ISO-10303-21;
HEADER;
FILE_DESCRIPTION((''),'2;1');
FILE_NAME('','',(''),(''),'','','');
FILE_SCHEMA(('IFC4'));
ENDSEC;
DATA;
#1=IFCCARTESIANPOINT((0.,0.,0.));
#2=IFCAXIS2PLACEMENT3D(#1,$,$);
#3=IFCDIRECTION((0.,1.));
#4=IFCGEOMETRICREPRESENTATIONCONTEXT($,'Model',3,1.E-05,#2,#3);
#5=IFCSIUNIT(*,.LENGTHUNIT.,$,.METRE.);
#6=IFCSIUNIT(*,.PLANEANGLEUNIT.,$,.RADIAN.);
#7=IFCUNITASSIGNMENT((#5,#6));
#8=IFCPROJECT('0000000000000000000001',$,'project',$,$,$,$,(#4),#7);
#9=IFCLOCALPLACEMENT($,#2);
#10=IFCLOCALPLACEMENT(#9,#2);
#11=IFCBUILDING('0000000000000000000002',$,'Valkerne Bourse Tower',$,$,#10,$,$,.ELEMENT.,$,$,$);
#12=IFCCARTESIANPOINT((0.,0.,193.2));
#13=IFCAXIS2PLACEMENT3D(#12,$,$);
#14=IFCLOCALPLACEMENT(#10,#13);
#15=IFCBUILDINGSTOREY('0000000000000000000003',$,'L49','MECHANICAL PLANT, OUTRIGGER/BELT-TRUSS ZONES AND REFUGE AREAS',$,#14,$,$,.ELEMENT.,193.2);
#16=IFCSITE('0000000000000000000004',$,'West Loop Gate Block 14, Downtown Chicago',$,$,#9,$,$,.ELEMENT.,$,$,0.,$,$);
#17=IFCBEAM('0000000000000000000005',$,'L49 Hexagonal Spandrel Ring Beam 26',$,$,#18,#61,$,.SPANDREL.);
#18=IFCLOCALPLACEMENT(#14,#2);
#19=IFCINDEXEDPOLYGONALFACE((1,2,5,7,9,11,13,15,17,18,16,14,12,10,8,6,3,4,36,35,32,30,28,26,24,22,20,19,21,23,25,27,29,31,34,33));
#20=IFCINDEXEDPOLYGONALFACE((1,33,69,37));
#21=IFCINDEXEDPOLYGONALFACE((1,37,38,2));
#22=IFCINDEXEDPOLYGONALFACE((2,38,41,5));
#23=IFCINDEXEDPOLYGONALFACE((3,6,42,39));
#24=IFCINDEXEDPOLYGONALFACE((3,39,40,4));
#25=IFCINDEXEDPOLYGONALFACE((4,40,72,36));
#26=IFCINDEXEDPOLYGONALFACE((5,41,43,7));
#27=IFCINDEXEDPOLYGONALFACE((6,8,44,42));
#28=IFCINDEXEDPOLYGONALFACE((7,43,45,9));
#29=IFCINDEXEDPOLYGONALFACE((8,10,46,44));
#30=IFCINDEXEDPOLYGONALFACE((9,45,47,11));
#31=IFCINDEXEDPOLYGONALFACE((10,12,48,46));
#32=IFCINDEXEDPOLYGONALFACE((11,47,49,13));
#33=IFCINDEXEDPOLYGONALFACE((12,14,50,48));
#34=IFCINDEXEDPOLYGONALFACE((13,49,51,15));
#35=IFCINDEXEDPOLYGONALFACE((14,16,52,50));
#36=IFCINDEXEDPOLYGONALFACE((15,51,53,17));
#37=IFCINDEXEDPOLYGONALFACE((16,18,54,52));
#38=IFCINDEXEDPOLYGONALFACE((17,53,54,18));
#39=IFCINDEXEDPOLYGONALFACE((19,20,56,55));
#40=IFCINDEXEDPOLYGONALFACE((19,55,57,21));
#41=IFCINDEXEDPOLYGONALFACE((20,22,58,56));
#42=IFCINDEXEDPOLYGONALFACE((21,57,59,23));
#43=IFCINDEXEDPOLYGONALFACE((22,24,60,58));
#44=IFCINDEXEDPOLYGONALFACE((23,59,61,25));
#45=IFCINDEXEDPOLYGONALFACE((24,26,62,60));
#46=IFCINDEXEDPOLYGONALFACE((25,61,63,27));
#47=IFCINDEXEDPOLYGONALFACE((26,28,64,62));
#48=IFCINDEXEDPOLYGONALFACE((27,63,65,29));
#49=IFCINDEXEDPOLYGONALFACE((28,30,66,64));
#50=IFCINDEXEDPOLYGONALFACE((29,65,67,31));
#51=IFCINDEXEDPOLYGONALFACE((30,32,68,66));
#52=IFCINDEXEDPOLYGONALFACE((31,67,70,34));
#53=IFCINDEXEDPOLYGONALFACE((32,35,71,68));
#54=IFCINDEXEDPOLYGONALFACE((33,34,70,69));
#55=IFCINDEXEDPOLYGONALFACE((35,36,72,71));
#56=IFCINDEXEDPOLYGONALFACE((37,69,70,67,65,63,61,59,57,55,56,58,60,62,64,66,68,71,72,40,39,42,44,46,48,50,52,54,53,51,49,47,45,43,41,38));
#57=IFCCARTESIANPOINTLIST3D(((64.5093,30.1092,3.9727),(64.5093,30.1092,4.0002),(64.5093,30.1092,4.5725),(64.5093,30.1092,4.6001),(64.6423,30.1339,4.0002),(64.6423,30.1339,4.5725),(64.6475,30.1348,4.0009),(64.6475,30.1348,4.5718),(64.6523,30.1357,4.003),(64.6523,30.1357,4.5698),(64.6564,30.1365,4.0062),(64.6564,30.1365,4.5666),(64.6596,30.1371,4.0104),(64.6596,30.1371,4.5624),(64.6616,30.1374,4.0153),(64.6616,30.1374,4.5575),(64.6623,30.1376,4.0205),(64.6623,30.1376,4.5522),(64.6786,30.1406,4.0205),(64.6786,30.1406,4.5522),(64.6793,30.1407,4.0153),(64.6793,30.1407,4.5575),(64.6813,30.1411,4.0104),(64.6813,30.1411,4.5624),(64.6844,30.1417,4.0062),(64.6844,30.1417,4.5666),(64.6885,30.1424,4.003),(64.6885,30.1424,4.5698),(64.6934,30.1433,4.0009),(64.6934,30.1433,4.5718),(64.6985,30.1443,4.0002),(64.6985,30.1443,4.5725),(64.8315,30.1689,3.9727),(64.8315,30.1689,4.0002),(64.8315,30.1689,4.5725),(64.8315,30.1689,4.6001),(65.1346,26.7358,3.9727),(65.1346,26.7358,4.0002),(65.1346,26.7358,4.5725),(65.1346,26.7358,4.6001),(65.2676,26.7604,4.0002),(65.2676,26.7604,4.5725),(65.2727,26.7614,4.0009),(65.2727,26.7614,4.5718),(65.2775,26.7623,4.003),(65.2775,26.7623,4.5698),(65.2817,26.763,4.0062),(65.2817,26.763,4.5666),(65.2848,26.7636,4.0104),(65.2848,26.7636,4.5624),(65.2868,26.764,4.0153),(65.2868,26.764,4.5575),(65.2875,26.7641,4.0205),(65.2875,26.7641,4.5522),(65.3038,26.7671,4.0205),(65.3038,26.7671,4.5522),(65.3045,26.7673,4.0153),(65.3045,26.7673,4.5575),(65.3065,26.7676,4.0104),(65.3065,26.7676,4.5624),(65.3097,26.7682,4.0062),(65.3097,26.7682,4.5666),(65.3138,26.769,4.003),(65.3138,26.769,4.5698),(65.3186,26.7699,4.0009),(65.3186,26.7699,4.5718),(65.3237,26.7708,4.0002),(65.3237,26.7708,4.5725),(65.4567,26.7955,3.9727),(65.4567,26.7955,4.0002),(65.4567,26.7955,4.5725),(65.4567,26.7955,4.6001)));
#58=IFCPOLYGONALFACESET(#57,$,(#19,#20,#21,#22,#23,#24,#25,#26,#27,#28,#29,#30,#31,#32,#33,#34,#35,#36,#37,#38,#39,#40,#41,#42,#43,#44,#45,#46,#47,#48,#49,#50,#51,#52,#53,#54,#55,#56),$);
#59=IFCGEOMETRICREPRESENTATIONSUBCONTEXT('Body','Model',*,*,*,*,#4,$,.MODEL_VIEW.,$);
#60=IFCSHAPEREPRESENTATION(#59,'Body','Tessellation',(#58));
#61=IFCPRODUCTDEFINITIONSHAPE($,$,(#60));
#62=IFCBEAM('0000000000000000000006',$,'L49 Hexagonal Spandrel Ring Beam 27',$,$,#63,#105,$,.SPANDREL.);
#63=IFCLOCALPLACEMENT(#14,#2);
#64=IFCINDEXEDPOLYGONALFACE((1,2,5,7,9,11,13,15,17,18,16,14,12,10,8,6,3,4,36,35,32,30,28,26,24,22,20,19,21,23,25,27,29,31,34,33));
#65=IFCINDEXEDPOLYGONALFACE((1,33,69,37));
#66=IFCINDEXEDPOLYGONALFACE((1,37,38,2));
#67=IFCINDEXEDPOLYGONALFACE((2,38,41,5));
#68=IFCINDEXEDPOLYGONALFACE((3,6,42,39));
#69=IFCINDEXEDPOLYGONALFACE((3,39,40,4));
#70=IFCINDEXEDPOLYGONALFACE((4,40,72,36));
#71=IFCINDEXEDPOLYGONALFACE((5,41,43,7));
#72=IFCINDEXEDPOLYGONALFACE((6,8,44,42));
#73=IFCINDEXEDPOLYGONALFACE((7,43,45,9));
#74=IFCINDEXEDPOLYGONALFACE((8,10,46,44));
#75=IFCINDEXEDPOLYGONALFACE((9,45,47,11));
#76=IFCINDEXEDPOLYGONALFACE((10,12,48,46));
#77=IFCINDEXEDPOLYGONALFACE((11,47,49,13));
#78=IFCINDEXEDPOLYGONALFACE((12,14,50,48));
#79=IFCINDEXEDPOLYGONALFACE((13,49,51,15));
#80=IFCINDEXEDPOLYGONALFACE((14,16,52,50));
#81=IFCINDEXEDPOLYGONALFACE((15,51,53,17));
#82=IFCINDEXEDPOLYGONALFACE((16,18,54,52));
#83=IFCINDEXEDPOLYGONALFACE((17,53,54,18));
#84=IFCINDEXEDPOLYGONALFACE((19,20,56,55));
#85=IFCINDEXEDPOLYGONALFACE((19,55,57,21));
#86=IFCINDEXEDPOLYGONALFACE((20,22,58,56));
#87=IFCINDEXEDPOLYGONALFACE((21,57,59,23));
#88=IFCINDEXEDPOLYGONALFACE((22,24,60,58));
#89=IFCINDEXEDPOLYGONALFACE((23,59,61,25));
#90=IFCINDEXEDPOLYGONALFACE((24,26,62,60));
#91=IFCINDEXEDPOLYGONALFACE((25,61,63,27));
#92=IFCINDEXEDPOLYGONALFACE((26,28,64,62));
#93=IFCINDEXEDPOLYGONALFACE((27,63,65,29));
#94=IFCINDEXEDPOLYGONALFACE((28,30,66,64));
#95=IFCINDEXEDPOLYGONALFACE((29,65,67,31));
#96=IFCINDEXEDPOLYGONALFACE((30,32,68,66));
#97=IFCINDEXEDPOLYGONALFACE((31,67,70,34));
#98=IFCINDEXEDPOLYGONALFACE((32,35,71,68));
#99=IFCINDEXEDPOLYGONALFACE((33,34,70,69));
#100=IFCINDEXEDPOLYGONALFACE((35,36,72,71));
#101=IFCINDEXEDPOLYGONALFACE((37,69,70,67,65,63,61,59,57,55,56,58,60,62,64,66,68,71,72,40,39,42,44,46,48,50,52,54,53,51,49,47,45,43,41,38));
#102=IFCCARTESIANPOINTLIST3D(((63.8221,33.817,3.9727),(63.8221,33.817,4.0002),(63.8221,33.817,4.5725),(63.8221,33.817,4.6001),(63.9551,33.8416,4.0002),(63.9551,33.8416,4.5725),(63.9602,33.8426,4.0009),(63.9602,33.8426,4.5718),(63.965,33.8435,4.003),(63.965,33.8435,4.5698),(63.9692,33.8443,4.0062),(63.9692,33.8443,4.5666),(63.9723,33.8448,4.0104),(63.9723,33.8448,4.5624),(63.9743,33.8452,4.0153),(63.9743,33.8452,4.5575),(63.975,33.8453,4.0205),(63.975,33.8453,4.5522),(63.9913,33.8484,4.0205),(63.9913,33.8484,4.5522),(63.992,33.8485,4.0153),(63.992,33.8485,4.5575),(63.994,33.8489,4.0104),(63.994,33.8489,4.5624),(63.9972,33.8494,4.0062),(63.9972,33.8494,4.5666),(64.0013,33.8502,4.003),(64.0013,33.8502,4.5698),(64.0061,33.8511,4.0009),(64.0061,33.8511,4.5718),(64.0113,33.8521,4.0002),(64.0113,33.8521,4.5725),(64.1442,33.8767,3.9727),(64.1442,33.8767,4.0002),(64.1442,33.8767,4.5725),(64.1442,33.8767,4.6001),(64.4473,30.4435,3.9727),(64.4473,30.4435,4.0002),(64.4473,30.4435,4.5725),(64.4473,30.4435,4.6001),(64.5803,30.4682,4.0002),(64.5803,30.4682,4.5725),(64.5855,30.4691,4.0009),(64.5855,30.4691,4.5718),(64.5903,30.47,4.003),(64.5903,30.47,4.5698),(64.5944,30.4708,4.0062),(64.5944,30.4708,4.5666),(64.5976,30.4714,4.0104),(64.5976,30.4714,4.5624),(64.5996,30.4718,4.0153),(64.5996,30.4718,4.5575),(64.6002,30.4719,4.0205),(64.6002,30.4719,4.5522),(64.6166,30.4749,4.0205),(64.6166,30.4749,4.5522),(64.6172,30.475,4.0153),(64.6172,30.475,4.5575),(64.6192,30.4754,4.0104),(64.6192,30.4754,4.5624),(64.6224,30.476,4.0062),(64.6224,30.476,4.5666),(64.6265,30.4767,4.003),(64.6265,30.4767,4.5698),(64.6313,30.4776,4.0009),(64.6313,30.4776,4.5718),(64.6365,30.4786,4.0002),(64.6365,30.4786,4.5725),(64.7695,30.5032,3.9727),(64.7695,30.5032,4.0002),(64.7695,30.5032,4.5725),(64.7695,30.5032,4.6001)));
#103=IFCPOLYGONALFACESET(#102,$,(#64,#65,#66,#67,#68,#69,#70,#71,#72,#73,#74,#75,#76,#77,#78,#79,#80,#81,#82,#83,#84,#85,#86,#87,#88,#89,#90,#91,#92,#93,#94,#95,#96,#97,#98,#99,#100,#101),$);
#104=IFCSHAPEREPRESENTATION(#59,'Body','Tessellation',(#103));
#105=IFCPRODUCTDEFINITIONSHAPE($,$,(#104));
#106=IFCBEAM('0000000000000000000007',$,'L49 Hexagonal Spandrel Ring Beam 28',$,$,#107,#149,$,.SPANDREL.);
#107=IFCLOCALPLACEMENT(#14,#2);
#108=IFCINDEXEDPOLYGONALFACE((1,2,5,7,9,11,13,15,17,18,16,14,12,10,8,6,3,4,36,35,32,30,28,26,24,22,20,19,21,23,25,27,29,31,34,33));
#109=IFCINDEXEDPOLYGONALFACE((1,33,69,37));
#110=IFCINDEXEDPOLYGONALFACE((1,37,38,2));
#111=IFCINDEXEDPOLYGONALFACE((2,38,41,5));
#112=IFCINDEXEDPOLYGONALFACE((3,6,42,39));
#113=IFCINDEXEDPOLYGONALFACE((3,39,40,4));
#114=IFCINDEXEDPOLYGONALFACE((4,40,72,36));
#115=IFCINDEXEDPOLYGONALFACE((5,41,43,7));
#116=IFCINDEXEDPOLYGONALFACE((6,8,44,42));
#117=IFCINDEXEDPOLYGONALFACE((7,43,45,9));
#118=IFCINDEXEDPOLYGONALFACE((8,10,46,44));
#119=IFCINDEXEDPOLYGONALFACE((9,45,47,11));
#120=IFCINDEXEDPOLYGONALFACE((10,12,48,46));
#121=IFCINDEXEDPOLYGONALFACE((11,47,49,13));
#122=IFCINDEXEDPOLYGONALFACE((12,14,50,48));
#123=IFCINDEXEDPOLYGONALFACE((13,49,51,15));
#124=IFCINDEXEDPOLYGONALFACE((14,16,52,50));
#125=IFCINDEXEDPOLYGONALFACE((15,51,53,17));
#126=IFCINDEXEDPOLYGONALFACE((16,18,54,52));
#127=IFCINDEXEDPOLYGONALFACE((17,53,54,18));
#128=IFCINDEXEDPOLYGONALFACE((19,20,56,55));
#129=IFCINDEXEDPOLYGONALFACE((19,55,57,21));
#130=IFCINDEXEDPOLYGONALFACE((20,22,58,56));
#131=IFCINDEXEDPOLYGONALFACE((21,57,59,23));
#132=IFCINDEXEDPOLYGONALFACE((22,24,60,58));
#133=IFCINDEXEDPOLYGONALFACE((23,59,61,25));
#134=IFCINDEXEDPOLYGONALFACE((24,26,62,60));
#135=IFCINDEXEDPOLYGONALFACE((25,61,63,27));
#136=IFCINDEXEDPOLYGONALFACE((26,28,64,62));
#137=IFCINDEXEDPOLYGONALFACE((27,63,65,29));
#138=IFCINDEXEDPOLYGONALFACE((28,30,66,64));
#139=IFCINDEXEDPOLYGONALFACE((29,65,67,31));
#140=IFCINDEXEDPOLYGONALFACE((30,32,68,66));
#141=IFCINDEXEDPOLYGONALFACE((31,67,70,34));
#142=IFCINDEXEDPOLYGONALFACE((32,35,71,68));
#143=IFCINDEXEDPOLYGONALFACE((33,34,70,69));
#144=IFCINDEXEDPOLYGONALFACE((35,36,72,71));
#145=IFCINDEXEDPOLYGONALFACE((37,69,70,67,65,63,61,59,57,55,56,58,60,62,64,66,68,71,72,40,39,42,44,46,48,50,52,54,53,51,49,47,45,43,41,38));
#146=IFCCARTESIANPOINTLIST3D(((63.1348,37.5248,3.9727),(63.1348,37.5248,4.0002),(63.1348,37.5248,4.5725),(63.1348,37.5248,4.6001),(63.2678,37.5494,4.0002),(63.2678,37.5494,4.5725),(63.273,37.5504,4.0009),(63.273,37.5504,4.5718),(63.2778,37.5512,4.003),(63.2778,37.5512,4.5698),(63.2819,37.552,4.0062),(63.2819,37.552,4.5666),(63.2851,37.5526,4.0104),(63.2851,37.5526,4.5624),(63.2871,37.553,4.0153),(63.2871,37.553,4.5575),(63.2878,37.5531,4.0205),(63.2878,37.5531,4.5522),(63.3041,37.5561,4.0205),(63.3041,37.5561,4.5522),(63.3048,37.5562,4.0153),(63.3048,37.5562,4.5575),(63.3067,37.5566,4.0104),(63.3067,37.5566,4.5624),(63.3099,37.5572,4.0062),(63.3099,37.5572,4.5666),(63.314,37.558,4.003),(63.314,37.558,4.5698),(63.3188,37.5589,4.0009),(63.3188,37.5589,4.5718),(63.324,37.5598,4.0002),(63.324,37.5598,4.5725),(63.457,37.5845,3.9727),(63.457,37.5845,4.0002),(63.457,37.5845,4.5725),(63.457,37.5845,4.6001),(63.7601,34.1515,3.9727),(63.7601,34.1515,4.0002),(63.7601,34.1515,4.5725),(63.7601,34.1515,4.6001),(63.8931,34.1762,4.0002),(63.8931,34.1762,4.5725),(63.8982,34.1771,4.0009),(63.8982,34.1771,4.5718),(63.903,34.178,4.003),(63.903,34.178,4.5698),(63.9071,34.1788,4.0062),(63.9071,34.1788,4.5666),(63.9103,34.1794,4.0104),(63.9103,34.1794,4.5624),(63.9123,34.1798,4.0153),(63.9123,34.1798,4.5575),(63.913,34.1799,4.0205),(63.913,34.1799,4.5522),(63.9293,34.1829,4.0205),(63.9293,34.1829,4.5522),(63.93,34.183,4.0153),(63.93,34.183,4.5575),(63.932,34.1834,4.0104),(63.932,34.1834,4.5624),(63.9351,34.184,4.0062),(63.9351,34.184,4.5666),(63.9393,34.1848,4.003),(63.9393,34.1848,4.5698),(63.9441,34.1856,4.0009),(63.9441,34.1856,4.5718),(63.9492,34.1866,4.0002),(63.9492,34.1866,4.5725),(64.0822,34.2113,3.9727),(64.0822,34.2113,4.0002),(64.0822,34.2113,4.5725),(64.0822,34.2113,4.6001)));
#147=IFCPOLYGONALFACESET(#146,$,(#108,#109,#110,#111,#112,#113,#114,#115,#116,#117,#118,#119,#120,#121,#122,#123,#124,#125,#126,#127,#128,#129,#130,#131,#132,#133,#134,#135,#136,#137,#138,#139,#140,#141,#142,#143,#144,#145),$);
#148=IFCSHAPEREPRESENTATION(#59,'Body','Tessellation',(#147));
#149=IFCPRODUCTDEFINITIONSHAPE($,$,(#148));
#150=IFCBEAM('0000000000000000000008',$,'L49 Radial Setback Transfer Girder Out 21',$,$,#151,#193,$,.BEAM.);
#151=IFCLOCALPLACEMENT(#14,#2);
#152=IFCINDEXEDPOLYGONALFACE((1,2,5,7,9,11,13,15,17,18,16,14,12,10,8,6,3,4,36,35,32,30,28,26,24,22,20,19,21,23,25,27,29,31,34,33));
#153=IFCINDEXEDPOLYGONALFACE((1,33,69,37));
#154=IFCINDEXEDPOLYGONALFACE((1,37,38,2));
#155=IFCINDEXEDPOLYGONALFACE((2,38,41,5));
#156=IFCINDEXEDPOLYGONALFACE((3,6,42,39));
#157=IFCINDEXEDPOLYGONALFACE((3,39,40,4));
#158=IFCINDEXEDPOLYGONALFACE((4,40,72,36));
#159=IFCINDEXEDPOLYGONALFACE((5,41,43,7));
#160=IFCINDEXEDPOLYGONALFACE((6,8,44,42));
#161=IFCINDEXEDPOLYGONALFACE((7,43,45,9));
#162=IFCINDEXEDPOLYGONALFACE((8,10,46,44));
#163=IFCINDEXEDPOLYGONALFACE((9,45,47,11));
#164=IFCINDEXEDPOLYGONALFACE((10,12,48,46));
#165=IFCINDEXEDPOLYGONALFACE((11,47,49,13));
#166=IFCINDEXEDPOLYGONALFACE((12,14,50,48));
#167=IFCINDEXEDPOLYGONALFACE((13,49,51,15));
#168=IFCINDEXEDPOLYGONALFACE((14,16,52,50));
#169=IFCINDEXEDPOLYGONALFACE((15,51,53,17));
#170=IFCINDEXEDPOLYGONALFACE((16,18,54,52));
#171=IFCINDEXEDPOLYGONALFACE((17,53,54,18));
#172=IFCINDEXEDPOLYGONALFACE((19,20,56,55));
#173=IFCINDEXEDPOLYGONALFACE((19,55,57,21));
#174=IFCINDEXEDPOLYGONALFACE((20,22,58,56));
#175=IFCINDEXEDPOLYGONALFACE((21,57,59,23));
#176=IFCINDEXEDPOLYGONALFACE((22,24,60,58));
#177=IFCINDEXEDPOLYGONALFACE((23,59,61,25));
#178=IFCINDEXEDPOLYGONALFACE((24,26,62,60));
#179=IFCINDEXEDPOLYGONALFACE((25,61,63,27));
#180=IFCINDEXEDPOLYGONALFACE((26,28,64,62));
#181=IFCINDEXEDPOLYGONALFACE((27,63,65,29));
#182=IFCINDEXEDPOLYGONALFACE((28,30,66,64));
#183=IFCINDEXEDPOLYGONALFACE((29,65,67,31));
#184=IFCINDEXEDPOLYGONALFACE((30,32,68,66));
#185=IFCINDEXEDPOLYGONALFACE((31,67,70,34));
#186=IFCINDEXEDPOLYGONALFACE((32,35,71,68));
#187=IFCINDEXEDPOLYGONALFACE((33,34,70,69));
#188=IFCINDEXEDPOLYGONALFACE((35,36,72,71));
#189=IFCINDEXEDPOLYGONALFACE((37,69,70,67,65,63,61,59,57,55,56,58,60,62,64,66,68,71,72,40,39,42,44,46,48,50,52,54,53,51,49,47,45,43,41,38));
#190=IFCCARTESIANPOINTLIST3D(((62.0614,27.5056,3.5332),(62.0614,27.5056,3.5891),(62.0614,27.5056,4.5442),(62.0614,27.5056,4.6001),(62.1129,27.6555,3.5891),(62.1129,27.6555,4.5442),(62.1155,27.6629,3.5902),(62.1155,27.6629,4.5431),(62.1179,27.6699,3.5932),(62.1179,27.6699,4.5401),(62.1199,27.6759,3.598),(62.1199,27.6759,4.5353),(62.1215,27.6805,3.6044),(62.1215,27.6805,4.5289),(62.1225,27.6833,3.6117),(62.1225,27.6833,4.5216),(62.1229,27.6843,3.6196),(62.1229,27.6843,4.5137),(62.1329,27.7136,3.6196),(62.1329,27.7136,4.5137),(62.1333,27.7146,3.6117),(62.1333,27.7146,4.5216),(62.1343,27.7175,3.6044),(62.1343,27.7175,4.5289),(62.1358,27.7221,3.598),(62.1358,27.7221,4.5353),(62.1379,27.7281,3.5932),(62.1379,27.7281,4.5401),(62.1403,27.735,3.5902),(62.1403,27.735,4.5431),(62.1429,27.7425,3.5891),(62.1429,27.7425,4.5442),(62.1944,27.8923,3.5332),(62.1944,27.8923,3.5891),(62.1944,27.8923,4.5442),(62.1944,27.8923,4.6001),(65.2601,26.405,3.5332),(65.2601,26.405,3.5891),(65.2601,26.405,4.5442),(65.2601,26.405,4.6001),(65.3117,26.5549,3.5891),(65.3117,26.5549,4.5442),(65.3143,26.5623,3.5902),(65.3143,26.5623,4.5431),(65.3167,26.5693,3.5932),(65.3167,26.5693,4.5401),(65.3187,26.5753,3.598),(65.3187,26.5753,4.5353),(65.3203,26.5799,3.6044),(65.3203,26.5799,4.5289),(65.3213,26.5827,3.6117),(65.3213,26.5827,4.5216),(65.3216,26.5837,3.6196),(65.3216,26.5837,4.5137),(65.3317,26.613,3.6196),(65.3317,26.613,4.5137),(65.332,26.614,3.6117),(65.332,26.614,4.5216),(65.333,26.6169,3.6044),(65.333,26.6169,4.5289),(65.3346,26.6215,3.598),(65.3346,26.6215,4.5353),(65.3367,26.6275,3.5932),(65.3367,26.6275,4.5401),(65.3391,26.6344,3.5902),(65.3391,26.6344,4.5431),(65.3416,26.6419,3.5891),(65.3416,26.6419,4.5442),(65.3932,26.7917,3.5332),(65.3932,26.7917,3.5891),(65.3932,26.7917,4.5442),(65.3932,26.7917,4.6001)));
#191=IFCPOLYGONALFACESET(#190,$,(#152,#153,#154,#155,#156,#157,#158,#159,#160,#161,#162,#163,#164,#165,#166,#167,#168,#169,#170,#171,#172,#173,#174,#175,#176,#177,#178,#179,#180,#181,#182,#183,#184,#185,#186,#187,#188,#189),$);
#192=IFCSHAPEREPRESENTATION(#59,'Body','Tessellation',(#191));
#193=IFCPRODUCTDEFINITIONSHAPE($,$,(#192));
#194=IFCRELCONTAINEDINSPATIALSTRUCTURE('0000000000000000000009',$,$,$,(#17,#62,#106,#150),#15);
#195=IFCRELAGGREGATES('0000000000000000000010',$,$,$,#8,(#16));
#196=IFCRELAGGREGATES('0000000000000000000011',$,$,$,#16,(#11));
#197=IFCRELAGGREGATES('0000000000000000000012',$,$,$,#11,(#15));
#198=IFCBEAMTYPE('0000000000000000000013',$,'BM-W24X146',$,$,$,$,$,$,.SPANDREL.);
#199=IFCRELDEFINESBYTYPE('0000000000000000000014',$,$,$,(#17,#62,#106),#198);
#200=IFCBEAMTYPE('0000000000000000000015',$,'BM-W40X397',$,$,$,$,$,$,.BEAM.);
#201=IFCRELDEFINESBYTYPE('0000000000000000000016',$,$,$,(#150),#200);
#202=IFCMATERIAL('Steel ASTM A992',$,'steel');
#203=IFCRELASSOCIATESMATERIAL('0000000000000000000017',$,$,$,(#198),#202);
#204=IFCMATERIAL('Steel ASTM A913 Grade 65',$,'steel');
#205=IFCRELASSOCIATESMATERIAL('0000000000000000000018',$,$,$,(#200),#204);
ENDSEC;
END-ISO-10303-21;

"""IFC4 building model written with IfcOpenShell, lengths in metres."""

from ifc_helpers import new_model, si_unit, direction, frame, origin, origin_2d, place, context, subcontext, project, spatial, i_section, extrude, material, material_profile, profile_set, type_object, element, save


model = new_model("IFC4")

# Units and contexts
model_context = context("Model", 3, precision=1e-05, world=origin(), true_north=direction((0.0, 1.0)))
body_context = subcontext(model_context, "Body", "Model", "MODEL_VIEW")
ifc_project = project(units=[si_unit("LENGTHUNIT", "METRE"), si_unit("PLANEANGLEUNIT", "RADIAN")], contexts=[model_context])

# Site, building, storey
site_placement = place(None, origin())
site = spatial("IfcSite", under=ifc_project, at=site_placement, Name="West Loop Gate Block 14, Downtown Chicago", CompositionType="ELEMENT", RefElevation=0.0)
building_placement = place(site_placement, origin())
building = spatial("IfcBuilding", under=site, at=building_placement, Name="Valkerne Bourse Tower", CompositionType="ELEMENT")
storey_placement = place(building_placement, frame((0.0, 0.0, 193.2)))
storey = spatial("IfcBuildingStorey", under=building, at=storey_placement, Name="L49", Description="MECHANICAL PLANT, OUTRIGGER/BELT-TRUSS ZONES AND REFUGE AREAS", CompositionType="ELEMENT", Elevation=193.2)

# Shared definitions
ifc_material_1 = material(Name="Steel ASTM A913 Grade 65", Category="steel")

# Beams
ifc_material_2 = material(Name="Steel ASTM A992", Category="steel")
ifc_material_profile_1 = material_profile(ifc_material_2, i_section(OverallWidth=0.3276, OverallDepth=0.6274, WebThickness=0.0166, FlangeThickness=0.0276, FilletRadius=0.0203, at=origin_2d()), Name="W24X146")
ifc_profile_set_1 = profile_set([ifc_material_profile_1], Name="Steel ASTM A992")
beam_type_1 = type_object("IfcBeamType", Name="BM-W24X146", PredefinedType="SPANDREL", material=ifc_profile_set_1)
for number, where, z_axis, x_axis, name in (
    (1, (65.2957, 26.7656, 4.2864), (-0.182234, 0.983255, 0.0), (-0.983255, -0.182234, 0.0), "L49 Hexagonal Spandrel Ring Beam 26"),
    (2, (64.6084, 30.4734, 4.2864), (-0.182234, 0.983255, 0.0), (-0.983255, -0.182234, 0.0), "L49 Hexagonal Spandrel Ring Beam 27"),
):
    element("IfcBeam", number, at=place(storey_placement, frame(where, z_axis=z_axis, x_axis=x_axis)), inside=storey, type_object=beam_type_1, Name=name, PredefinedType="SPANDREL", context=body_context, shape_type="SweptSolid", body=[
        extrude(i_section(OverallWidth=0.3276, OverallDepth=0.6274, WebThickness=0.0166, FlangeThickness=0.0276, FilletRadius=0.0203, at=origin_2d()), origin(), (0.0, 0.0, 1.0), 3.4309),
    ])
beam_1_placement = place(storey_placement, frame((63.9211, 34.1814, 4.2864), z_axis=(-0.182247, 0.983253, 0.0), x_axis=(-0.983253, -0.182247, 0.0)))
element("IfcBeam", 3, at=beam_1_placement, inside=storey, type_object=beam_type_1, Name="L49 Hexagonal Spandrel Ring Beam 28", PredefinedType="SPANDREL", context=body_context, shape_type="SweptSolid", body=[
    extrude(i_section(OverallWidth=0.3276, OverallDepth=0.6274, WebThickness=0.0166, FlangeThickness=0.0276, FilletRadius=0.0203, at=origin_2d()), origin(), (0.0, 0.0, 1.0), 3.4307),
])
ifc_material_profile_2 = material_profile(ifc_material_1, i_section(OverallWidth=0.4089, OverallDepth=1.0669, WebThickness=0.031, FlangeThickness=0.0559, FilletRadius=0.0305, at=origin_2d()), Name="W40X397")
ifc_profile_set_2 = profile_set([ifc_material_profile_2], Name="Steel ASTM A913 Grade 65")
beam_type_2 = type_object("IfcBeamType", Name="BM-W40X397", PredefinedType="BEAM", material=ifc_profile_set_2)
beam_2_placement = place(storey_placement, frame((65.3267, 26.5984, 4.0667), z_axis=(-0.945594, 0.32535, 0.0), x_axis=(-0.32535, -0.945594, 0.0)))
element("IfcBeam", 4, at=beam_2_placement, inside=storey, type_object=beam_type_2, Name="L49 Radial Setback Transfer Girder Out 21", PredefinedType="BEAM", context=body_context, shape_type="SweptSolid", body=[
    extrude(i_section(OverallWidth=0.4089, OverallDepth=1.0669, WebThickness=0.031, FlangeThickness=0.0559, FilletRadius=0.0305, at=origin_2d()), origin(), (0.0, 0.0, 1.0), 3.3828),
])

save(model, "model.ifc")
